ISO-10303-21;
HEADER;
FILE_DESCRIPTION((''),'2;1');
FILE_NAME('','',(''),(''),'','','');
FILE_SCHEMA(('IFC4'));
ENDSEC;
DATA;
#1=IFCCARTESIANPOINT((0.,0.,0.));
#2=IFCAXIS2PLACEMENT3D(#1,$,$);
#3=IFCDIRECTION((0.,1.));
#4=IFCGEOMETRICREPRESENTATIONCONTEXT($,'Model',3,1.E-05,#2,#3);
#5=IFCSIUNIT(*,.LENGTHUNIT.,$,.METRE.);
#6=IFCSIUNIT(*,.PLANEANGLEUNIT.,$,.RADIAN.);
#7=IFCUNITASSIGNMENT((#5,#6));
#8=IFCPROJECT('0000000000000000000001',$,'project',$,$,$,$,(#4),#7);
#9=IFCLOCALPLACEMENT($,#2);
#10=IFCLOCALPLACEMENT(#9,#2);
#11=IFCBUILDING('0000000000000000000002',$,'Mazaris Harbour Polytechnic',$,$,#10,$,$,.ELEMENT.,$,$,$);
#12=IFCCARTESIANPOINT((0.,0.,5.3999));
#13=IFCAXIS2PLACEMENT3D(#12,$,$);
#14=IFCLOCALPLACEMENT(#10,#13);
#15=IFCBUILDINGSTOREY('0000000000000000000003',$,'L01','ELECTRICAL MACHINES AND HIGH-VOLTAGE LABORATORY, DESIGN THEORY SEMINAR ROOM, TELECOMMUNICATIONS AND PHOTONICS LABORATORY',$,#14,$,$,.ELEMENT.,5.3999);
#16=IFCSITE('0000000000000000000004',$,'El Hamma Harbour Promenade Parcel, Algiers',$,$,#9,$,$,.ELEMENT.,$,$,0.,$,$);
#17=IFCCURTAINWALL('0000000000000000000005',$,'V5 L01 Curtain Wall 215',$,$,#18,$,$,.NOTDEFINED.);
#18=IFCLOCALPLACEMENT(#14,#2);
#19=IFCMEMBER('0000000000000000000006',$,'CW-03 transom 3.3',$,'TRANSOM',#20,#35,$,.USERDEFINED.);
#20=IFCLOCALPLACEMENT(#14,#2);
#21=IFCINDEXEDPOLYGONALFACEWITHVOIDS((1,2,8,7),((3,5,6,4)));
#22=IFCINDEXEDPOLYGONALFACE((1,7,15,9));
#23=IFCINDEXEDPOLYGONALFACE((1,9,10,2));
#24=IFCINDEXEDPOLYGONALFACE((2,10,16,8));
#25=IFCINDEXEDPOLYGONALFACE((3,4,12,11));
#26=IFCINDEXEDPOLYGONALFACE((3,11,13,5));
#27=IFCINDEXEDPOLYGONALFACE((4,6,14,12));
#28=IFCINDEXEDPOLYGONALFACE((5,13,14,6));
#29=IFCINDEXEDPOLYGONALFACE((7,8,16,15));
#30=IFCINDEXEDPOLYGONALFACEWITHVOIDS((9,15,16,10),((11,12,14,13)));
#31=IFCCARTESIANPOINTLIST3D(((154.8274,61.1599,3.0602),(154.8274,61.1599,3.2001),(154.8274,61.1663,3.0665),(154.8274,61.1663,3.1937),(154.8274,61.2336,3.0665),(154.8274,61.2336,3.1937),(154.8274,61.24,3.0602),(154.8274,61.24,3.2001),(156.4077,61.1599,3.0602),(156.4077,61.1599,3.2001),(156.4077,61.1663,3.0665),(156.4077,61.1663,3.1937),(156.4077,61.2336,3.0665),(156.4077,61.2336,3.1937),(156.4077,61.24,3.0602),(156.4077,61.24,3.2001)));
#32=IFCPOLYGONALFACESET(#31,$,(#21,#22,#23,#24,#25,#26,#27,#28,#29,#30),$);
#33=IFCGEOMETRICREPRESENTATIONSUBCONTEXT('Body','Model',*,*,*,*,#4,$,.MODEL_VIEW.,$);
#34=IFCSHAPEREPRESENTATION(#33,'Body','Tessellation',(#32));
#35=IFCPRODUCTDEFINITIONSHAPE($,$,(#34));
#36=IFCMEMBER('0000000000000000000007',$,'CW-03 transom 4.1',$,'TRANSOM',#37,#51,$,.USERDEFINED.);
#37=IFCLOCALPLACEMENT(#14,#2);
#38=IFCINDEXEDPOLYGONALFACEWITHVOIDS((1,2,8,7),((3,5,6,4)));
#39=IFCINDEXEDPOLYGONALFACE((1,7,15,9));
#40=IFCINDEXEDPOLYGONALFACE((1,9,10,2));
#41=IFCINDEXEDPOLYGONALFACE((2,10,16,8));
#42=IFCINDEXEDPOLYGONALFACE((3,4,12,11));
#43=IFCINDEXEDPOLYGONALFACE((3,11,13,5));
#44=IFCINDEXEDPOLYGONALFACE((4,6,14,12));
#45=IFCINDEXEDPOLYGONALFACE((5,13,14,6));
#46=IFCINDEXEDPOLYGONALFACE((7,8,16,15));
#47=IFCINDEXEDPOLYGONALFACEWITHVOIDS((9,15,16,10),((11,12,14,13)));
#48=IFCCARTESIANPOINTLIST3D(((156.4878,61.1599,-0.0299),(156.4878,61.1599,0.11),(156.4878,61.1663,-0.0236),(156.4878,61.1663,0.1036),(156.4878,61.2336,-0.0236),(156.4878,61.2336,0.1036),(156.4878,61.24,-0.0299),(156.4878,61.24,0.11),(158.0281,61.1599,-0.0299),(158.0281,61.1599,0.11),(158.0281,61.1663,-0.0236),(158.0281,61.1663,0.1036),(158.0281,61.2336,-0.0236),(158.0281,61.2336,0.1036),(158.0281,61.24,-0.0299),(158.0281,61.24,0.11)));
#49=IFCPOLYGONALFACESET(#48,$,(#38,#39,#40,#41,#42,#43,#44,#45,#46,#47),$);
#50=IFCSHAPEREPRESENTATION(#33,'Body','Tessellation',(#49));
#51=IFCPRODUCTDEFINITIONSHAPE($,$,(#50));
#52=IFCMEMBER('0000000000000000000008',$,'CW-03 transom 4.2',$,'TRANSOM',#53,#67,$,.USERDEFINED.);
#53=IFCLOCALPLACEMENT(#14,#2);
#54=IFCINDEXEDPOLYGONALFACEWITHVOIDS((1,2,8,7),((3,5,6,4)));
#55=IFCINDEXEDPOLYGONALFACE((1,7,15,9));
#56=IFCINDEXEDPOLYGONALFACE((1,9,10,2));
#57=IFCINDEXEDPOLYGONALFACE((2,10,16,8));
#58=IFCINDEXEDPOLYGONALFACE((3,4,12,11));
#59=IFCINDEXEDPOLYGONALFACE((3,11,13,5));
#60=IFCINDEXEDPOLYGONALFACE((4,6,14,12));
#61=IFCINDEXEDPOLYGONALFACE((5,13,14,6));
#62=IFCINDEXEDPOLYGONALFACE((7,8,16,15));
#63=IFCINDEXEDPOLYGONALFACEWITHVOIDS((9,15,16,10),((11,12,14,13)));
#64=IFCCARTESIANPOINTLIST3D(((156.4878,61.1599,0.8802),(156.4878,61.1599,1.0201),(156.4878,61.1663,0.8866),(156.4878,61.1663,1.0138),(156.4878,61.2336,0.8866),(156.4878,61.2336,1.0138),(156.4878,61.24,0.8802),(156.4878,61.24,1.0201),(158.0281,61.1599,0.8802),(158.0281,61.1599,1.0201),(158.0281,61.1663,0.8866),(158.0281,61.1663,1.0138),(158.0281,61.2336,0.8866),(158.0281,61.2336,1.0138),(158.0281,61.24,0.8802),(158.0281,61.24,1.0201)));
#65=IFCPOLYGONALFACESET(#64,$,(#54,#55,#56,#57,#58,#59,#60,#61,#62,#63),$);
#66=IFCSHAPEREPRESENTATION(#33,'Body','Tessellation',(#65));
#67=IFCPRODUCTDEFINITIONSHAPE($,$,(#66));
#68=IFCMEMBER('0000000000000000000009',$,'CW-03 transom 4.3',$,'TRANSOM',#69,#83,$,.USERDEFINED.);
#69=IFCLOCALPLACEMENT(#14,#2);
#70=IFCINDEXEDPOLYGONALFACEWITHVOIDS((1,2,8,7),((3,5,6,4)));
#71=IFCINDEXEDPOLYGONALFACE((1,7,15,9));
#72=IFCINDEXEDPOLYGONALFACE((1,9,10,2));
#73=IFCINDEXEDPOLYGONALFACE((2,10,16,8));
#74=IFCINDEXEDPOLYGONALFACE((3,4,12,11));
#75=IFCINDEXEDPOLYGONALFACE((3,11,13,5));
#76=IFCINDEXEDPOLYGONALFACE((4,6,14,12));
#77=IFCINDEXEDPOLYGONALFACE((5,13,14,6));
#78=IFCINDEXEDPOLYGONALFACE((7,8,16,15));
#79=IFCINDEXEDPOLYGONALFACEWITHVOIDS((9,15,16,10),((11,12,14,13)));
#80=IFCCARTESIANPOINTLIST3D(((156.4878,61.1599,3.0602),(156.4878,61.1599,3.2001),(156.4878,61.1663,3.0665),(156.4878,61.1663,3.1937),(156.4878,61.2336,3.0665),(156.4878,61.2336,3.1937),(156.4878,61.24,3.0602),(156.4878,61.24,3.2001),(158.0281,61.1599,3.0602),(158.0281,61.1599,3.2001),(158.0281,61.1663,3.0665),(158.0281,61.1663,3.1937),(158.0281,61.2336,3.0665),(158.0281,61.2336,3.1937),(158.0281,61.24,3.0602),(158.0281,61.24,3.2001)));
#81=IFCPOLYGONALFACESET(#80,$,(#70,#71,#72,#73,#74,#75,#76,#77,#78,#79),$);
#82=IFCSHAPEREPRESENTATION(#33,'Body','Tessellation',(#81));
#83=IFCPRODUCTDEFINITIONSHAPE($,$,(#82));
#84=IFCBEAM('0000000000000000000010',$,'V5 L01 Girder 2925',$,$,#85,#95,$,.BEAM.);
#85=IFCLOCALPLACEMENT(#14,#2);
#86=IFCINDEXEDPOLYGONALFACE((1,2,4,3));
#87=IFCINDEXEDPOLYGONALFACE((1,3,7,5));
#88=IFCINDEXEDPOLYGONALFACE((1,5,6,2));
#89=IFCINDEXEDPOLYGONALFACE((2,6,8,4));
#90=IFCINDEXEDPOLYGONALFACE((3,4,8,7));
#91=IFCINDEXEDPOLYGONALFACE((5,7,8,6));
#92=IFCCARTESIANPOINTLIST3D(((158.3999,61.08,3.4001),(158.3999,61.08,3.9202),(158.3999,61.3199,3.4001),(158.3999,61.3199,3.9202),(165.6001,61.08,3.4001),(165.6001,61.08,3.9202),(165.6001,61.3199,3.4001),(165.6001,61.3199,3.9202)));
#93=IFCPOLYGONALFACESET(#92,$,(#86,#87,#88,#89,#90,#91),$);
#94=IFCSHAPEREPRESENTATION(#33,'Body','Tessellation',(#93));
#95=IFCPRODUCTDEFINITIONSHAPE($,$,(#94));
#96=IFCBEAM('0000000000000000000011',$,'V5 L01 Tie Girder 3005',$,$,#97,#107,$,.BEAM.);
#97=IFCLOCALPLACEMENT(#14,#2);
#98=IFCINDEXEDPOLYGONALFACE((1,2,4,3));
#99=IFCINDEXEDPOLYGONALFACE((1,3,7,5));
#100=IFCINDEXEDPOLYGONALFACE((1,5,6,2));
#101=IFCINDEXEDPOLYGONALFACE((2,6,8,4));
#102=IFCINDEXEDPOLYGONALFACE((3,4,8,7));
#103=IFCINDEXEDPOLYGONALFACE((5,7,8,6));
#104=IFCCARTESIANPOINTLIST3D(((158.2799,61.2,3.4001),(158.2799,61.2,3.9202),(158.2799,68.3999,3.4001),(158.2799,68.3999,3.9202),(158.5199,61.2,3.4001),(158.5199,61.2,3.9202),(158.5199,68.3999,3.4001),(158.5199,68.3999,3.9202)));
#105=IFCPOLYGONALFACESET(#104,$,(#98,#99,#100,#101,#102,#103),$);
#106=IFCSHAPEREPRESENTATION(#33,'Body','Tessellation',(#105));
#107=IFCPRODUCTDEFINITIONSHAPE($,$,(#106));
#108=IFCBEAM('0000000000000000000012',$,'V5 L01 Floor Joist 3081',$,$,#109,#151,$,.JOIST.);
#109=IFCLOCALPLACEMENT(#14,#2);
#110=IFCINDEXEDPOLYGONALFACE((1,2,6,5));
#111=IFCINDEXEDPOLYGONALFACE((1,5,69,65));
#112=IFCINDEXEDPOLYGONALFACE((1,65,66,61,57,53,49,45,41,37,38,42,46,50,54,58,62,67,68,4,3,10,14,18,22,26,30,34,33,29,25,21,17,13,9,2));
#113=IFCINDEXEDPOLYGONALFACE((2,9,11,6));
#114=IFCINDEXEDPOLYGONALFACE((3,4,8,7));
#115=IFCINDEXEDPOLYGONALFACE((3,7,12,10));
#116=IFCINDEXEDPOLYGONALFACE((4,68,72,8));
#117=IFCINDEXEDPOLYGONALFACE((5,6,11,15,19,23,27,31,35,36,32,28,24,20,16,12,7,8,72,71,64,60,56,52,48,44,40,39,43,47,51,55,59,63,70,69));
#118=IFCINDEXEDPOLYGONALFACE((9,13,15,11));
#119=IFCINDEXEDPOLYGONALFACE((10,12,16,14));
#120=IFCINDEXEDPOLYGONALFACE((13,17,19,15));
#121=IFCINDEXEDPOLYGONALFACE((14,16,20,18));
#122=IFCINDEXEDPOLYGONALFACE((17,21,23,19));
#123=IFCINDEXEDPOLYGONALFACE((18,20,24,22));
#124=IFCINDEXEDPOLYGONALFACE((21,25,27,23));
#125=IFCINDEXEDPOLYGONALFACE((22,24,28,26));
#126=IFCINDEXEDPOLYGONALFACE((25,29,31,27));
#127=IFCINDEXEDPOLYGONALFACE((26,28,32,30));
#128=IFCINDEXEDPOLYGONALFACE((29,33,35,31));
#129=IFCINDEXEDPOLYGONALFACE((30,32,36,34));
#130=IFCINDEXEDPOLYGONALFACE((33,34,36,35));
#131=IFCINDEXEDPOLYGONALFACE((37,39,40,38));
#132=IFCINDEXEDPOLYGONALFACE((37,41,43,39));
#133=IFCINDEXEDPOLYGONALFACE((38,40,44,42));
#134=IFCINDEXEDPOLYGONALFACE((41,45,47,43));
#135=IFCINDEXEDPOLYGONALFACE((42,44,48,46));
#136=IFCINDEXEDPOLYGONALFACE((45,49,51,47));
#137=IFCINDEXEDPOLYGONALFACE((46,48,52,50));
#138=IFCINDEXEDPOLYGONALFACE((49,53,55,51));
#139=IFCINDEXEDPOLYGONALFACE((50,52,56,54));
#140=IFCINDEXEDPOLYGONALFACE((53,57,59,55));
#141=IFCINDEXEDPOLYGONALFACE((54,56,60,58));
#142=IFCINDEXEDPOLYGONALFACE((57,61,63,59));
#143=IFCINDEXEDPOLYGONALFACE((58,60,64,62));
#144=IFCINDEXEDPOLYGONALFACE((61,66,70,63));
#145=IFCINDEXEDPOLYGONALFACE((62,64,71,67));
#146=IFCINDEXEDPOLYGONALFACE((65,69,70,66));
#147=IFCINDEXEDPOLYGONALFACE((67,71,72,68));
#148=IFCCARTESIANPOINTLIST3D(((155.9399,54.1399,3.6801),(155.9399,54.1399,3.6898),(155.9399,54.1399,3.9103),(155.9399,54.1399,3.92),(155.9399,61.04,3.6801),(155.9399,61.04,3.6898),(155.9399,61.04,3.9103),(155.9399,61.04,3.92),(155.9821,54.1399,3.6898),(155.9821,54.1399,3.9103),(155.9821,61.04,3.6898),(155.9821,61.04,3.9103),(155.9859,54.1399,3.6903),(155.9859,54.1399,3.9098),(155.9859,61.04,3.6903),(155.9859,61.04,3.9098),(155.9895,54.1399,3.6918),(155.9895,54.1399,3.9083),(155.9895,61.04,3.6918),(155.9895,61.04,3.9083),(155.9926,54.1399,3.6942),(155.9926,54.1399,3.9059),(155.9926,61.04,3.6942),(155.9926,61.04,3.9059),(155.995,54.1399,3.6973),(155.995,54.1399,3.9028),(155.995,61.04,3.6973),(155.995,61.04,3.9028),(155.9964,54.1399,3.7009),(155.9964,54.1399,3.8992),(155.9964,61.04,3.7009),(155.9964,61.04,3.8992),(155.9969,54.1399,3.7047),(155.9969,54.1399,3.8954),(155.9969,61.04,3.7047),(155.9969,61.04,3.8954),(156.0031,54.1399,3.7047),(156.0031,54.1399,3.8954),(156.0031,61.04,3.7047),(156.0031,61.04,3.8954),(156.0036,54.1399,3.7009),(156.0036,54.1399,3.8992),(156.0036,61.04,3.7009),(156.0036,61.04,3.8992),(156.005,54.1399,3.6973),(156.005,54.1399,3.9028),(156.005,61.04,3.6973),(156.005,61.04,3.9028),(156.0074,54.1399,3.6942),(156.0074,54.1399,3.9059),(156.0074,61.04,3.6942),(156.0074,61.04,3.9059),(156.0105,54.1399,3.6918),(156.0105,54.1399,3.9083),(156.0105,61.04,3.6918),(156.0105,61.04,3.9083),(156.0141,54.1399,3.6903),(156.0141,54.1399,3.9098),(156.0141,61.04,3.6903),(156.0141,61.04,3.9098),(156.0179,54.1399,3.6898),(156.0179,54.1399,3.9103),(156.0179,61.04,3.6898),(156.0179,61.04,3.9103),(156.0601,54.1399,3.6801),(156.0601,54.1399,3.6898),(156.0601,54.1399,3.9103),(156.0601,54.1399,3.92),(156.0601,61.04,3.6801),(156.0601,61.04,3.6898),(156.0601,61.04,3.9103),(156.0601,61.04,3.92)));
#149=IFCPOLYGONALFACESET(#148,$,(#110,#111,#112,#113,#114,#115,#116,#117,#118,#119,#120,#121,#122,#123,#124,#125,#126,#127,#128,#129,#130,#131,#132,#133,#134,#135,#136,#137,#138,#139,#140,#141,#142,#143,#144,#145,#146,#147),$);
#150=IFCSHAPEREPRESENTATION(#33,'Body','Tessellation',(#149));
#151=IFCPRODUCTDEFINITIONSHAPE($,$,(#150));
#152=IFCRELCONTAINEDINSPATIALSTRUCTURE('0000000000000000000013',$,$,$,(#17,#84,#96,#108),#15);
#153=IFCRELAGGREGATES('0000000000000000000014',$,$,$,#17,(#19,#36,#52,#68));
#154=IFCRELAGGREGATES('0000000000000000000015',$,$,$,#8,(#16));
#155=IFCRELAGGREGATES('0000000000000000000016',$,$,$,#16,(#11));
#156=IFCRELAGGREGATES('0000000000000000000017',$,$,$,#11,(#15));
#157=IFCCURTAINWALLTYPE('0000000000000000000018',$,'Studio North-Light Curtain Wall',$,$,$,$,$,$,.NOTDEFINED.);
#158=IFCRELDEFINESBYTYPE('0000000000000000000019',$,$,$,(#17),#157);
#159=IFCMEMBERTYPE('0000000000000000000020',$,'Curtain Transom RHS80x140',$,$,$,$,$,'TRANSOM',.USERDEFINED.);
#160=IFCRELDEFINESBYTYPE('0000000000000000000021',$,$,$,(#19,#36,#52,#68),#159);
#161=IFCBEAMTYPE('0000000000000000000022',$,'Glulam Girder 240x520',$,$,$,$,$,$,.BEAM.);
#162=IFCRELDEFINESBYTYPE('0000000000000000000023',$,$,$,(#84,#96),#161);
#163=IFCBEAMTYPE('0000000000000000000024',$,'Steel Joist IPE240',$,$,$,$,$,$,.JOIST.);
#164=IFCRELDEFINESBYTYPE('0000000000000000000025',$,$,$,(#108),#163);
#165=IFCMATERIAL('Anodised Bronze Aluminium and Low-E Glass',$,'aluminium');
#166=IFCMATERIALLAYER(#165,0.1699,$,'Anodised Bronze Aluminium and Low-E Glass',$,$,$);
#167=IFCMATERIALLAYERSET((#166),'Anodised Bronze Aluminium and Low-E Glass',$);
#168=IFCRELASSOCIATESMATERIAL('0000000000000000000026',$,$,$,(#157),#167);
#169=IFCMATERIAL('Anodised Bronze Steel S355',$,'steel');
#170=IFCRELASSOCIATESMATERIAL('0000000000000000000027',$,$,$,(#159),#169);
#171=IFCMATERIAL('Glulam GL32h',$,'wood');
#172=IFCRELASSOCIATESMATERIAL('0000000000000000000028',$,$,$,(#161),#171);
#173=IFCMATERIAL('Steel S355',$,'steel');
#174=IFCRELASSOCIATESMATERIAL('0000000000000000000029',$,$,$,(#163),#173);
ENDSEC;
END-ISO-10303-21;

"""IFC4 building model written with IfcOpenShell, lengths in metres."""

from ifc_helpers import new_model, si_unit, direction, frame, origin, origin_2d, place, context, subcontext, project, spatial, rectangle, hollow_rectangle, i_section, extrude, material, layer, layer_set, material_profile, profile_set, type_object, element, aggregate, save


model = new_model("IFC4")

# Units and contexts
model_context = context("Model", 3, precision=1e-05, world=origin(), true_north=direction((0.0, 1.0)))
body_context = subcontext(model_context, "Body", "Model", "MODEL_VIEW")
ifc_project = project(units=[si_unit("LENGTHUNIT", "METRE"), si_unit("PLANEANGLEUNIT", "RADIAN")], contexts=[model_context])

# Site, building, storey
site_placement = place(None, origin())
site = spatial("IfcSite", under=ifc_project, at=site_placement, Name="El Hamma Harbour Promenade Parcel, Algiers", CompositionType="ELEMENT", RefElevation=0.0)
building_placement = place(site_placement, origin())
building = spatial("IfcBuilding", under=site, at=building_placement, Name="Mazaris Harbour Polytechnic", CompositionType="ELEMENT")
storey_placement = place(building_placement, frame((0.0, 0.0, 5.3999)))
storey = spatial("IfcBuildingStorey", under=building, at=storey_placement, Name="L01", Description="ELECTRICAL MACHINES AND HIGH-VOLTAGE LABORATORY, DESIGN THEORY SEMINAR ROOM, TELECOMMUNICATIONS AND PHOTONICS LABORATORY", CompositionType="ELEMENT", Elevation=5.3999)

# Curtain wall
ifc_material_1 = material(Name="Anodised Bronze Aluminium and Low-E Glass", Category="aluminium")
ifc_layer_1 = layer(ifc_material_1, 0.1699, Name="Anodised Bronze Aluminium and Low-E Glass")
ifc_layer_set_1 = layer_set([ifc_layer_1], Name="Anodised Bronze Aluminium and Low-E Glass")
curtain_wall_type = type_object("IfcCurtainWallType", Name="Studio North-Light Curtain Wall", PredefinedType="NOTDEFINED", material=ifc_layer_set_1)
curtain_wall_1_placement = place(storey_placement, origin())
curtain_wall_1 = element("IfcCurtainWall", 1, at=curtain_wall_1_placement, inside=storey, type_object=curtain_wall_type, Name="V5 L01 Curtain Wall 215", PredefinedType="NOTDEFINED")

# Members
ifc_material_2 = material(Name="Anodised Bronze Steel S355", Category="steel")
ifc_material_profile_1 = material_profile(ifc_material_2, hollow_rectangle(XDim=0.0801, YDim=0.1399, WallThickness=0.0063, at=origin_2d()), Name="RHS 80x140x6.3")
ifc_profile_set_1 = profile_set([ifc_material_profile_1], Name="Anodised Bronze Steel S355")
member_type_1 = type_object("IfcMemberType", Name="Curtain Transom RHS80x140", ElementType="TRANSOM", PredefinedType="USERDEFINED", material=ifc_profile_set_1)
member_1_placement = place(storey_placement, frame((154.8274, 61.2, 3.1301), z_axis=(1.0, 0.0, 0.0), x_axis=(0.0, 1.0, 0.0)))
member_1 = element("IfcMember", 2, at=member_1_placement, type_object=member_type_1, Name="CW-03 transom 3.3", ObjectType="TRANSOM", PredefinedType="USERDEFINED", context=body_context, shape_type="SweptSolid", body=[
    extrude(hollow_rectangle(XDim=0.0801, YDim=0.1399, WallThickness=0.0063, at=origin_2d()), origin(), (0.0, 0.0, 1.0), 1.5803),
])
member_2_placement = place(storey_placement, frame((156.4878, 61.2, 0.04), z_axis=(1.0, 0.0, 0.0), x_axis=(0.0, 1.0, 0.0)))
member_2 = element("IfcMember", 3, at=member_2_placement, type_object=member_type_1, Name="CW-03 transom 4.1", ObjectType="TRANSOM", PredefinedType="USERDEFINED", context=body_context, shape_type="SweptSolid", body=[
    extrude(hollow_rectangle(XDim=0.0801, YDim=0.1399, WallThickness=0.0063, at=origin_2d()), origin(), (0.0, 0.0, 1.0), 1.5403),
])
member_3_placement = place(storey_placement, frame((156.4878, 61.2, 0.9502), z_axis=(1.0, 0.0, 0.0), x_axis=(0.0, 1.0, 0.0)))
member_3 = element("IfcMember", 4, at=member_3_placement, type_object=member_type_1, Name="CW-03 transom 4.2", ObjectType="TRANSOM", PredefinedType="USERDEFINED", context=body_context, shape_type="SweptSolid", body=[
    extrude(hollow_rectangle(XDim=0.0801, YDim=0.1399, WallThickness=0.0063, at=origin_2d()), origin(), (0.0, 0.0, 1.0), 1.5403),
])
member_4_placement = place(storey_placement, frame((156.4878, 61.2, 3.1301), z_axis=(1.0, 0.0, 0.0), x_axis=(0.0, 1.0, 0.0)))
member_4 = element("IfcMember", 5, at=member_4_placement, type_object=member_type_1, Name="CW-03 transom 4.3", ObjectType="TRANSOM", PredefinedType="USERDEFINED", context=body_context, shape_type="SweptSolid", body=[
    extrude(hollow_rectangle(XDim=0.0801, YDim=0.1399, WallThickness=0.0063, at=origin_2d()), origin(), (0.0, 0.0, 1.0), 1.5403),
])

# Beams
ifc_material_3 = material(Name="Glulam GL32h", Category="wood")
ifc_material_profile_2 = material_profile(ifc_material_3, rectangle(XDim=0.24, YDim=0.52, at=origin_2d()), Name="RECT240x520")
ifc_profile_set_2 = profile_set([ifc_material_profile_2], Name="Glulam GL32h")
beam_type_1 = type_object("IfcBeamType", Name="Glulam Girder 240x520", PredefinedType="BEAM", material=ifc_profile_set_2)
beam_1_placement = place(storey_placement, frame((158.3999, 61.2, 3.6602), z_axis=(1.0, 0.0, 0.0), x_axis=(0.0, 1.0, 0.0)))
element("IfcBeam", 6, at=beam_1_placement, inside=storey, type_object=beam_type_1, Name="V5 L01 Girder 2925", PredefinedType="BEAM", context=body_context, shape_type="SweptSolid", body=[
    extrude(rectangle(XDim=0.24, YDim=0.52, at=origin_2d()), origin(), (0.0, 0.0, 1.0), 7.2002),
])
beam_2_placement = place(storey_placement, frame((158.3999, 61.2, 3.6602), z_axis=(0.0, 1.0, 0.0), x_axis=(-1.0, 0.0, 0.0)))
element("IfcBeam", 7, at=beam_2_placement, inside=storey, type_object=beam_type_1, Name="V5 L01 Tie Girder 3005", PredefinedType="BEAM", context=body_context, shape_type="SweptSolid", body=[
    extrude(rectangle(XDim=0.24, YDim=0.52, at=origin_2d()), origin(), (0.0, 0.0, 1.0), 7.2),
])
ifc_material_4 = material(Name="Steel S355", Category="steel")
ifc_material_profile_3 = material_profile(ifc_material_4, i_section(OverallWidth=0.1201, OverallDepth=0.24, WebThickness=0.0061, FlangeThickness=0.0098, FilletRadius=0.0149, at=origin_2d()), Name="IPE 240")
ifc_profile_set_3 = profile_set([ifc_material_profile_3], Name="Steel S355")
beam_type_2 = type_object("IfcBeamType", Name="Steel Joist IPE240", PredefinedType="JOIST", material=ifc_profile_set_3)
beam_3_placement = place(storey_placement, frame((156.0, 54.1399, 3.8), z_axis=(0.0, 1.0, 0.0), x_axis=(-1.0, 0.0, 0.0)))
element("IfcBeam", 8, at=beam_3_placement, inside=storey, type_object=beam_type_2, Name="V5 L01 Floor Joist 3081", PredefinedType="JOIST", context=body_context, shape_type="SweptSolid", body=[
    extrude(i_section(OverallWidth=0.1201, OverallDepth=0.24, WebThickness=0.0061, FlangeThickness=0.0098, FilletRadius=0.0149, at=origin_2d()), origin(), (0.0, 0.0, 1.0), 6.9001),
])

aggregate(curtain_wall_1, [member_1, member_2, member_3, member_4])

save(model, "model.ifc")
